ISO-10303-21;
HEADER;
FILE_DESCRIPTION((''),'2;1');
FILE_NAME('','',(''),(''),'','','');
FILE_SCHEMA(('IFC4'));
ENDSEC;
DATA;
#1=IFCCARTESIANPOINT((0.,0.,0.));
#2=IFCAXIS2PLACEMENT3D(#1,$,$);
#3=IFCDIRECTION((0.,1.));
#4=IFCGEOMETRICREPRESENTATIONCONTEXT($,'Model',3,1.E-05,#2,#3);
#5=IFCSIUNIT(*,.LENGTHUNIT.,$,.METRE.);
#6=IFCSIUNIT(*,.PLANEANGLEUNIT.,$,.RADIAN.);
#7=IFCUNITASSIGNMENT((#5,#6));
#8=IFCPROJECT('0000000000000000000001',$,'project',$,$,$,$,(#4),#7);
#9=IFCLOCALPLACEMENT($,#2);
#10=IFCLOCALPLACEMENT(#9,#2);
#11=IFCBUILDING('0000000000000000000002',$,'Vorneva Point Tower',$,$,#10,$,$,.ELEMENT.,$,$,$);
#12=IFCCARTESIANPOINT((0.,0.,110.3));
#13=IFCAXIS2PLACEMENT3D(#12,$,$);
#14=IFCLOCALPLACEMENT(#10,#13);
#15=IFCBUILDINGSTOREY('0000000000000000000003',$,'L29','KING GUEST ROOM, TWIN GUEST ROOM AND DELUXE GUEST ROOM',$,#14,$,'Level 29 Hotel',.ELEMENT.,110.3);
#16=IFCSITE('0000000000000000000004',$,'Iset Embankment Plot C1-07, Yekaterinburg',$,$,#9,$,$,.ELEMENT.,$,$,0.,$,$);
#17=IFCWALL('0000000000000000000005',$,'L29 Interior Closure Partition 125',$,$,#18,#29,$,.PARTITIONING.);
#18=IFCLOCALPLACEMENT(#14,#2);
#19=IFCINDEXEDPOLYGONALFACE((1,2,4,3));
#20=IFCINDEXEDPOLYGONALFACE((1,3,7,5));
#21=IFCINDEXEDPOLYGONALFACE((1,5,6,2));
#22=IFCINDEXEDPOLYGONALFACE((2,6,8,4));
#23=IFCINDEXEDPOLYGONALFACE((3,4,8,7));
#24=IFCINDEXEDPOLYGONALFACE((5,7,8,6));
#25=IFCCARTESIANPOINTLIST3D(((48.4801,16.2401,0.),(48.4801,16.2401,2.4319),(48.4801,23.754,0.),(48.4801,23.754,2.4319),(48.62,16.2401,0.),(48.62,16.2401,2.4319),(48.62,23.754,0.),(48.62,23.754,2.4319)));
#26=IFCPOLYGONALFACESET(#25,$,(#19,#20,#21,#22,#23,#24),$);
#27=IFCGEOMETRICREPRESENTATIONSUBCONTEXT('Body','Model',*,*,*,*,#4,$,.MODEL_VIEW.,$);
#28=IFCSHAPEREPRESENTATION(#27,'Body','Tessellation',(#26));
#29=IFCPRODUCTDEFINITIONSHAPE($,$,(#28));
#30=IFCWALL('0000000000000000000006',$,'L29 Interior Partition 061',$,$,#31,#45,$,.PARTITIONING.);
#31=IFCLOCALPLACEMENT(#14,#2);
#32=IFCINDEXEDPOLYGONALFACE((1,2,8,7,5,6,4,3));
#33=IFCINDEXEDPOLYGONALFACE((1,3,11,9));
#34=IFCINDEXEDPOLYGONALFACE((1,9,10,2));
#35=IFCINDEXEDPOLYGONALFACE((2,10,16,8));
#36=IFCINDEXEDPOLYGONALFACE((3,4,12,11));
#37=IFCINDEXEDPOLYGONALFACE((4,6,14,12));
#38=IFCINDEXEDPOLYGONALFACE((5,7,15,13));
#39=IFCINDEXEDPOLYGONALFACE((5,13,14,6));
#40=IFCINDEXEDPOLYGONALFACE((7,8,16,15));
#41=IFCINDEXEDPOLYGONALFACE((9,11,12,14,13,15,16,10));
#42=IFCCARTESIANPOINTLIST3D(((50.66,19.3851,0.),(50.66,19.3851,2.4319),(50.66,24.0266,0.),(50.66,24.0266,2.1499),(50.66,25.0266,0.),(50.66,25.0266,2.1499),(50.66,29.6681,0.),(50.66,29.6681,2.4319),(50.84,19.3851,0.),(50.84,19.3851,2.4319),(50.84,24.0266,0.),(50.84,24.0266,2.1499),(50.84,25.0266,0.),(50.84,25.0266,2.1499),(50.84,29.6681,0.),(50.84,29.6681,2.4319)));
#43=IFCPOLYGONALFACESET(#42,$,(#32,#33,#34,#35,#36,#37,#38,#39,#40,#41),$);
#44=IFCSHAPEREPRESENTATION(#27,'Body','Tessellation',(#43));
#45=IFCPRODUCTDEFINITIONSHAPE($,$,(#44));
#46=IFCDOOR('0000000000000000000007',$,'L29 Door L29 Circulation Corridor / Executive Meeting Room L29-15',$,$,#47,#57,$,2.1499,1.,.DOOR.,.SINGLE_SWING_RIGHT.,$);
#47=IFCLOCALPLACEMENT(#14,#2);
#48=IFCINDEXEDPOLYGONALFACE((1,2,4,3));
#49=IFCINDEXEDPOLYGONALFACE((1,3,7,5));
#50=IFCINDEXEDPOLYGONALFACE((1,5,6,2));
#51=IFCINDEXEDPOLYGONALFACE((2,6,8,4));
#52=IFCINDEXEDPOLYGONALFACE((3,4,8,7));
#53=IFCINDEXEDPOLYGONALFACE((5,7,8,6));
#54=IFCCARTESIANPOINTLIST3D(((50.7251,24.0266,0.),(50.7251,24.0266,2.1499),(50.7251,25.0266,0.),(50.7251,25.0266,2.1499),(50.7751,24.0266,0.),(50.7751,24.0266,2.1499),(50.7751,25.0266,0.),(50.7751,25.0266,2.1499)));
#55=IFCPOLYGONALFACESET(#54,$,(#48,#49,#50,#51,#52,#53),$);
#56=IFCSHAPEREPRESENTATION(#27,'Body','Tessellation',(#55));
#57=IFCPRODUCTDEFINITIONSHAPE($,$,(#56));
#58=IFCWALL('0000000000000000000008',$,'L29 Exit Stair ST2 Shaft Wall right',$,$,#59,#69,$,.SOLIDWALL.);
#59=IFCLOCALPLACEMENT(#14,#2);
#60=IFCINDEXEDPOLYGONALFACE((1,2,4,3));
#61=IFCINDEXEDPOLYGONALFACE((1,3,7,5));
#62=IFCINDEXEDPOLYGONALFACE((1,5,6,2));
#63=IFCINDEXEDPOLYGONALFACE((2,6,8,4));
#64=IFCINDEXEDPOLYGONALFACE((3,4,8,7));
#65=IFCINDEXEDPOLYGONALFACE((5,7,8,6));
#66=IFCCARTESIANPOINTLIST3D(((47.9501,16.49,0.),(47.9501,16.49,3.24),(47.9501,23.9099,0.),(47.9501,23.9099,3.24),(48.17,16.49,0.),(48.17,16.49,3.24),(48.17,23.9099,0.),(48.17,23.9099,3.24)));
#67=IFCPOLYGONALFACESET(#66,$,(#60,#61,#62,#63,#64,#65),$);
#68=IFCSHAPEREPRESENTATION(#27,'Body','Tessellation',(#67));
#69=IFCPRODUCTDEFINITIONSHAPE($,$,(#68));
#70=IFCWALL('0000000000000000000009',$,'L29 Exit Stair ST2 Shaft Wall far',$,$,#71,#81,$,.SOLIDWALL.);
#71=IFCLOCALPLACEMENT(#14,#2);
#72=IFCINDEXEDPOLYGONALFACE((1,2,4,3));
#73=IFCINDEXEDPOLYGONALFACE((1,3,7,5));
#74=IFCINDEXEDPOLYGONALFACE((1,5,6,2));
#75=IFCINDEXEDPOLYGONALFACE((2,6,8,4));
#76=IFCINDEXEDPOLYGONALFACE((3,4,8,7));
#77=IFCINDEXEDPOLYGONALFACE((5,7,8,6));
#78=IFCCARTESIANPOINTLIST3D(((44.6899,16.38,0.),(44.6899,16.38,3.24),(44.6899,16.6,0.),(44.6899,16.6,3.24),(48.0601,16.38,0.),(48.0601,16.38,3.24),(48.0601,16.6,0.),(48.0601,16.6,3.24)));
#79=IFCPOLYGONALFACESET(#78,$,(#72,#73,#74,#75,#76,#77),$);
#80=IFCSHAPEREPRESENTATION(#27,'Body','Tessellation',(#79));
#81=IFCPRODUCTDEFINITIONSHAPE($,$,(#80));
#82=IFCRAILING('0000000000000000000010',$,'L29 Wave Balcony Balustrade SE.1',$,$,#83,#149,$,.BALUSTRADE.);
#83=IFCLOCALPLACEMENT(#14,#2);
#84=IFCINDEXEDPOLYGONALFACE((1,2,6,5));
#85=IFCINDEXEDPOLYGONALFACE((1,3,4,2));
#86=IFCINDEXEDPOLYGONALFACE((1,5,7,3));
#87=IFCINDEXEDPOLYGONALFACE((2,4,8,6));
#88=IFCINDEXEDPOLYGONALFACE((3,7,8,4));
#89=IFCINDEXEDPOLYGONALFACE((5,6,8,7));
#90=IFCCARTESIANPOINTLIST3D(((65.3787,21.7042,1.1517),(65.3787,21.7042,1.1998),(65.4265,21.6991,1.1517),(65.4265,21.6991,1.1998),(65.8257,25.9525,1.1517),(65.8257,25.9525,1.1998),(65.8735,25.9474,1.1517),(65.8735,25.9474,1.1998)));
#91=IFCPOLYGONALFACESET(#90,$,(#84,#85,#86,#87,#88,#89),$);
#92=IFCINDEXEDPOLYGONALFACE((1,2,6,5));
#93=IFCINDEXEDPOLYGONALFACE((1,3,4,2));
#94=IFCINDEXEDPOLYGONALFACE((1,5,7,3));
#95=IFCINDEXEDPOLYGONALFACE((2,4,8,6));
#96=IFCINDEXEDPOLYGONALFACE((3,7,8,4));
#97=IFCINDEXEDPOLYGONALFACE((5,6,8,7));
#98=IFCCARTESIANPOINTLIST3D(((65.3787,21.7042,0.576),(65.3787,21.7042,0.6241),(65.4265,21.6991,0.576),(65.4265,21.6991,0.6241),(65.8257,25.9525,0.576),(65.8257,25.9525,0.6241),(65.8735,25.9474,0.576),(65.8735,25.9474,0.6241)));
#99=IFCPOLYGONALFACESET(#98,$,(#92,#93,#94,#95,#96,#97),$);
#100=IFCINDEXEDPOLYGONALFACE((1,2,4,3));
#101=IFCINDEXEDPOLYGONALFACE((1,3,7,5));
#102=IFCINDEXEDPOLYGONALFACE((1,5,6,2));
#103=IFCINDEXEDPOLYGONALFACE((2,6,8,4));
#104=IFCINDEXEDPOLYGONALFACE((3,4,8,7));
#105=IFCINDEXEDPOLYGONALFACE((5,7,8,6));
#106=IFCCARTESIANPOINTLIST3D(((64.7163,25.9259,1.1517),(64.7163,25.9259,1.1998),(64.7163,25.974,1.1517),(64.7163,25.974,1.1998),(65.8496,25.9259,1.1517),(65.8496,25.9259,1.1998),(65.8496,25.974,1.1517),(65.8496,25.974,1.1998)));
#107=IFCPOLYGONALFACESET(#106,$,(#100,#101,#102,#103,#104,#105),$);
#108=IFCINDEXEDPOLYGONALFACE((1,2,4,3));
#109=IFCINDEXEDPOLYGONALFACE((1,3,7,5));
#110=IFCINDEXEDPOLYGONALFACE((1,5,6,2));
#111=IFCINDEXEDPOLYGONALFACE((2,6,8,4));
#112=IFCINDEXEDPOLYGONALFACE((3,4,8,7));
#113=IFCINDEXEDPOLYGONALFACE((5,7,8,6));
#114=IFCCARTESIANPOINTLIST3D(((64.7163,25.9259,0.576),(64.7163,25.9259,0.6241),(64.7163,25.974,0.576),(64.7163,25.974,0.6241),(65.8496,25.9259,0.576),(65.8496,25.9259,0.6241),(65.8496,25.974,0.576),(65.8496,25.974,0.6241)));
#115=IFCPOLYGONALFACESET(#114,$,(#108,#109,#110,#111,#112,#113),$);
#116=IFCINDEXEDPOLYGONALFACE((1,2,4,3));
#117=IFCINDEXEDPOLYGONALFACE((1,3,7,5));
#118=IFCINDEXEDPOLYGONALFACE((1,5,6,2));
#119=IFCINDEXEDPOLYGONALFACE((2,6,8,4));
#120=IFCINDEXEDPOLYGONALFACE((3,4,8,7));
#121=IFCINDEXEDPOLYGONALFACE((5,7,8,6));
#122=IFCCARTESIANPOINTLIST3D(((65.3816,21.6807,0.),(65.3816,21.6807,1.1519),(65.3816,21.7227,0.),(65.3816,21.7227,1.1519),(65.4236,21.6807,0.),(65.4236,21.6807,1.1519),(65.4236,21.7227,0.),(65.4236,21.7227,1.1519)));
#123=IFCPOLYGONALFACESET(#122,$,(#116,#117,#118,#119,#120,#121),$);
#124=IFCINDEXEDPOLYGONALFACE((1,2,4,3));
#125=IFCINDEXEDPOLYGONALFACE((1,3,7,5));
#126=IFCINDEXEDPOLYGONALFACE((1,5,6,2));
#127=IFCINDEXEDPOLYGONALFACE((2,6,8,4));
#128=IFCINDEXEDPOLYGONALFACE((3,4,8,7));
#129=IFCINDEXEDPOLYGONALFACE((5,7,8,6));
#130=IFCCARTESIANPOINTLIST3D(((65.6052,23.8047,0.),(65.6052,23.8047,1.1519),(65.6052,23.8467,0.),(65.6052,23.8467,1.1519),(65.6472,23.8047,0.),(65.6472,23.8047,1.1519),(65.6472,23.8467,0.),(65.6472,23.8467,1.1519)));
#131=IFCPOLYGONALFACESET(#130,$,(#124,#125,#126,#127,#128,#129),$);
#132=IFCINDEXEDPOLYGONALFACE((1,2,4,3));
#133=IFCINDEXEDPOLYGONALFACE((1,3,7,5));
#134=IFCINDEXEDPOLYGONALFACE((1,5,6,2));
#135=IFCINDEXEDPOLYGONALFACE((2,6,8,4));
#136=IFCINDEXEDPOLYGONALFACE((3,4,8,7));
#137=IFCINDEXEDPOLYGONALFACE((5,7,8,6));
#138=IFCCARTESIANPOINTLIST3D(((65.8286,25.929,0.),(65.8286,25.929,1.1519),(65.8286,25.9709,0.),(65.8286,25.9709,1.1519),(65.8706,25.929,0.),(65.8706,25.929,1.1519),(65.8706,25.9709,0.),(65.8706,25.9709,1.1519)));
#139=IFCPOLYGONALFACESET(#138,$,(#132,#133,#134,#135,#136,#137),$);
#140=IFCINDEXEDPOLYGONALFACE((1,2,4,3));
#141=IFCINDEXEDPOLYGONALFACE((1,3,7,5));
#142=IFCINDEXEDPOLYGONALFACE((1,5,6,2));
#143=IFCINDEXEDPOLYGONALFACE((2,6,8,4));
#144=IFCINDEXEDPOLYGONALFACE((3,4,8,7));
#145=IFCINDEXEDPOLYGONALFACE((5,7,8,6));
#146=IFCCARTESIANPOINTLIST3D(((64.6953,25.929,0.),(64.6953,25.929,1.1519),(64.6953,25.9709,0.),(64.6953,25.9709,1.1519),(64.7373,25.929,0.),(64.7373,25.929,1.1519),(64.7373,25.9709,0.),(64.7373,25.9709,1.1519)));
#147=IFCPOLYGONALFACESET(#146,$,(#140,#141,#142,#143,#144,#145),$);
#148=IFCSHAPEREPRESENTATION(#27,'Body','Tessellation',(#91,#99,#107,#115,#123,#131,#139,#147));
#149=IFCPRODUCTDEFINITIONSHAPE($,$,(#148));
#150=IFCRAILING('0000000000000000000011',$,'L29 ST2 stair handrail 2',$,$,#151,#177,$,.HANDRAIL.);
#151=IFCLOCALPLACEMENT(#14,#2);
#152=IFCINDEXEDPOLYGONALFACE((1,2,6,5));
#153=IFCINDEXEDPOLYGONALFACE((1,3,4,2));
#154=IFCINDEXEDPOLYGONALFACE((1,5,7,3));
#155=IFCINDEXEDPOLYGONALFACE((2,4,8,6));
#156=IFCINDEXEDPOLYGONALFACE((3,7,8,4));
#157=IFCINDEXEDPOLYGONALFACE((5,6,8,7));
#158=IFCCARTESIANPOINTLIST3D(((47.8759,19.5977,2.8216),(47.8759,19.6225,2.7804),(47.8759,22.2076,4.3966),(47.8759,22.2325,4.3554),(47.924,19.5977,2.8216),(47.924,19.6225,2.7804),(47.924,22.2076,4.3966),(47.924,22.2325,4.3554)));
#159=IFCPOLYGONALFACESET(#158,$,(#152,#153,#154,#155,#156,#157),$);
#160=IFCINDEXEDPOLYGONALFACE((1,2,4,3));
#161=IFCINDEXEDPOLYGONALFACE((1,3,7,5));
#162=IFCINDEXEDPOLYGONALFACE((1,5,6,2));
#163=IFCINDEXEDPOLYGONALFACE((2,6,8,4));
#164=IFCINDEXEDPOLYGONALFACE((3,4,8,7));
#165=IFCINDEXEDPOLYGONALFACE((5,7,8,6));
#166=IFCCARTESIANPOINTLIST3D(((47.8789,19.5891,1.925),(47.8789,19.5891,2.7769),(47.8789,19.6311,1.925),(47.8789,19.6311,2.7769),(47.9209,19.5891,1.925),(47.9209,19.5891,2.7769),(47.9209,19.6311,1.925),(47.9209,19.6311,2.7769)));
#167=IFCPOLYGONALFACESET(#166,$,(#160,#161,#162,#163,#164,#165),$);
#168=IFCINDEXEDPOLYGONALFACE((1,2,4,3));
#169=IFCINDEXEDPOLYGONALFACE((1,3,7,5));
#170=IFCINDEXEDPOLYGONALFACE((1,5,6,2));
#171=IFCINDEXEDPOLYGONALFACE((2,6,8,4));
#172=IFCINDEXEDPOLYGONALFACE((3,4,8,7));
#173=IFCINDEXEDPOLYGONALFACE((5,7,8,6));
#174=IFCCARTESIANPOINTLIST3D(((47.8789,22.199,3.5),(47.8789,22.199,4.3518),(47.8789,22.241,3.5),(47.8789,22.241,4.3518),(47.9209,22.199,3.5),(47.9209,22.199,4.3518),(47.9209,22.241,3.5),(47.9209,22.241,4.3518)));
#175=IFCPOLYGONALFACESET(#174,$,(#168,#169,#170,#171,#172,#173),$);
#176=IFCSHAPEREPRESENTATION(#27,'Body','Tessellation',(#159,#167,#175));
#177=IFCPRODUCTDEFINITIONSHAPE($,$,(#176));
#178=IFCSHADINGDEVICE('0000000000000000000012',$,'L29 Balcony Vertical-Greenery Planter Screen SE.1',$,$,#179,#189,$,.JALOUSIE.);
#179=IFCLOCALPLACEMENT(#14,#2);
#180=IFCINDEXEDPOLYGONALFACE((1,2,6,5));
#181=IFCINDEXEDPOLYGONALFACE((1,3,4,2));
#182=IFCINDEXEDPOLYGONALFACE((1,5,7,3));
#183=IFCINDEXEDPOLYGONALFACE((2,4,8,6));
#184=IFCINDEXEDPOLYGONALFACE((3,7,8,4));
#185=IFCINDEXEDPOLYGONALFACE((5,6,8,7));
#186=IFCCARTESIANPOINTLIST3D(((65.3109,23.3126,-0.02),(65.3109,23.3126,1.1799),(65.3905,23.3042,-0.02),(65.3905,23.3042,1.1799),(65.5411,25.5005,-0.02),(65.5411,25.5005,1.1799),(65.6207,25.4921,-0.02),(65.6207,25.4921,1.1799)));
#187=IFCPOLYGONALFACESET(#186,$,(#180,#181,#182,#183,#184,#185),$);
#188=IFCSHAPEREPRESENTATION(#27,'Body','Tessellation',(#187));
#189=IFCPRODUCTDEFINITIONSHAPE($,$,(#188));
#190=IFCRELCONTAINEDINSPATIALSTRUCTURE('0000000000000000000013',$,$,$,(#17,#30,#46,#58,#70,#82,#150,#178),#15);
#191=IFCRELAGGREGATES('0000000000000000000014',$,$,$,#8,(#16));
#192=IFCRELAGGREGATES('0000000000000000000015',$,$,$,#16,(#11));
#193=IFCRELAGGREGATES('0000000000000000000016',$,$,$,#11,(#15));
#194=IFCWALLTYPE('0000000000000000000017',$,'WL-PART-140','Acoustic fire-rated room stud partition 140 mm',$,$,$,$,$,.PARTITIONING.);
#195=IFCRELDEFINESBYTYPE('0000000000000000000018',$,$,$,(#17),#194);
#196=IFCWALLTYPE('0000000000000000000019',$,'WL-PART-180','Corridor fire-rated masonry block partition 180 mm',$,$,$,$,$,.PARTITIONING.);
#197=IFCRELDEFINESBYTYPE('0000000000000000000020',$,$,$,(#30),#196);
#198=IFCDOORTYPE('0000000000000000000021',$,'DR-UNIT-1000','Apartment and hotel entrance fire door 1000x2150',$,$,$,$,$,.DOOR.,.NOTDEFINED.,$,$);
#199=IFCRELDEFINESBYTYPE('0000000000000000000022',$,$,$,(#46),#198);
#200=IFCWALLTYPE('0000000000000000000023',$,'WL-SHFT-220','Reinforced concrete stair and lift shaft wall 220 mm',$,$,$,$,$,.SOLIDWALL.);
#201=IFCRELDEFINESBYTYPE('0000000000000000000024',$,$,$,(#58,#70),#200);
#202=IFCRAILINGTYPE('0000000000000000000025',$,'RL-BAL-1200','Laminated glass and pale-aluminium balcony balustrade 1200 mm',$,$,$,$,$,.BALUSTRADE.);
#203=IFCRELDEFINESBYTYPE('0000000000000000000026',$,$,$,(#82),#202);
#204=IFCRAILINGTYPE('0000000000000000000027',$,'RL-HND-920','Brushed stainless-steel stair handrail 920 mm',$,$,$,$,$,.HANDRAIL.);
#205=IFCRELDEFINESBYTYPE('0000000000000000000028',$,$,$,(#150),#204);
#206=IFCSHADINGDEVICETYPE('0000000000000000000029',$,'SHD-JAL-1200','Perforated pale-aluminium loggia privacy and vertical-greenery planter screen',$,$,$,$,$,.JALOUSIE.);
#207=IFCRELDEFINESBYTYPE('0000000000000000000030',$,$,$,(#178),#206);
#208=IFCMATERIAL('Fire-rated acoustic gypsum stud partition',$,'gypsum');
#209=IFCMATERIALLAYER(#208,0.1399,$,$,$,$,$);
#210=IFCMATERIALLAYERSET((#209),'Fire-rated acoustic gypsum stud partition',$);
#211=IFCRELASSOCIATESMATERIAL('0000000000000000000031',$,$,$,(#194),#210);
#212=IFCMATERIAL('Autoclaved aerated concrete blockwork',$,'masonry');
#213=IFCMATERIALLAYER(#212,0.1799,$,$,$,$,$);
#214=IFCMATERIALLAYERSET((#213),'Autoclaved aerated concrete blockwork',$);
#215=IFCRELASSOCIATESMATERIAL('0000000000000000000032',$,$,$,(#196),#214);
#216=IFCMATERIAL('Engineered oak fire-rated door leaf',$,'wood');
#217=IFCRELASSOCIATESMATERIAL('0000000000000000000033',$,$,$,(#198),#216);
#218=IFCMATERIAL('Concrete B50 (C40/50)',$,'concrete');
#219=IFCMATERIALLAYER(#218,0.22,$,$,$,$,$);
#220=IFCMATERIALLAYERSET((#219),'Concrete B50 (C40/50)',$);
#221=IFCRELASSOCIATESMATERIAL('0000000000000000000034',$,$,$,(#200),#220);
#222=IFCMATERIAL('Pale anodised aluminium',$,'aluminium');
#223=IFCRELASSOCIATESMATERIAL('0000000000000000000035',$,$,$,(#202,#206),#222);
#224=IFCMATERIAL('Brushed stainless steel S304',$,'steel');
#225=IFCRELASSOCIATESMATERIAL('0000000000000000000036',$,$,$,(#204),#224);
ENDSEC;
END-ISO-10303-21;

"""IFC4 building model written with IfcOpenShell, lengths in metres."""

from ifc_helpers import new_model, si_unit, direction, frame, frame_2d, origin, origin_2d, place, context, subcontext, project, spatial, rectangle, extrude, material, layer, layer_set, type_object, element, fill, save


model = new_model("IFC4")

# Units and contexts
model_context = context("Model", 3, precision=1e-05, world=origin(), true_north=direction((0.0, 1.0)))
body_context = subcontext(model_context, "Body", "Model", "MODEL_VIEW")
ifc_project = project(units=[si_unit("LENGTHUNIT", "METRE"), si_unit("PLANEANGLEUNIT", "RADIAN")], contexts=[model_context])

# Site, building, storey
site_placement = place(None, origin())
site = spatial("IfcSite", under=ifc_project, at=site_placement, Name="Iset Embankment Plot C1-07, Yekaterinburg", CompositionType="ELEMENT", RefElevation=0.0)
building_placement = place(site_placement, origin())
building = spatial("IfcBuilding", under=site, at=building_placement, Name="Vorneva Point Tower", CompositionType="ELEMENT")
storey_placement = place(building_placement, frame((0.0, 0.0, 110.3)))
storey = spatial("IfcBuildingStorey", under=building, at=storey_placement, Name="L29", Description="KING GUEST ROOM, TWIN GUEST ROOM AND DELUXE GUEST ROOM", LongName="Level 29 Hotel", CompositionType="ELEMENT", Elevation=110.3)

# Shared definitions
ifc_material_1 = material(Name="Pale anodised aluminium", Category="aluminium")

# Shared definitions
ifc_material_2 = material(Name="Fire-rated acoustic gypsum stud partition", Category="gypsum")
ifc_material_3 = material(Name="Engineered oak fire-rated door leaf", Category="wood")

# Wall
ifc_layer_1 = layer(ifc_material_2, 0.1399)
ifc_layer_set_1 = layer_set([ifc_layer_1], Name="Fire-rated acoustic gypsum stud partition")
wall_type_1 = type_object("IfcWallType", Name="WL-PART-140", Description="Acoustic fire-rated room stud partition 140 mm", PredefinedType="PARTITIONING", material=ifc_layer_set_1)
wall_1_placement = place(storey_placement, frame((48.55, 23.7539, 0.0), z_axis=(0.0, 0.0, 1.0), x_axis=(0.0, -1.0, 0.0)))
element("IfcWall", 1, at=wall_1_placement, inside=storey, type_object=wall_type_1, Name="L29 Interior Closure Partition 125", PredefinedType="PARTITIONING", context=body_context, shape_type="SweptSolid", body=[
    extrude(rectangle(XDim=7.5139, YDim=0.1399, at=frame_2d((3.7568, 0.0))), origin(), (0.0, 0.0, 1.0), 2.4319),
])

# Wall, opening, door
ifc_material_4 = material(Name="Autoclaved aerated concrete blockwork", Category="masonry")
ifc_layer_2 = layer(ifc_material_4, 0.1799)
ifc_layer_set_2 = layer_set([ifc_layer_2], Name="Autoclaved aerated concrete blockwork")
wall_type_2 = type_object("IfcWallType", Name="WL-PART-180", Description="Corridor fire-rated masonry block partition 180 mm", PredefinedType="PARTITIONING", material=ifc_layer_set_2)
wall_2_placement = place(storey_placement, frame((50.75, 19.385, 0.0), z_axis=(0.0, 0.0, 1.0), x_axis=(0.0, 1.0, 0.0)))
wall_2 = element("IfcWall", 2, at=wall_2_placement, inside=storey, type_object=wall_type_2, Name="L29 Interior Partition 061", PredefinedType="PARTITIONING", context=body_context, shape_type="SweptSolid", body=[
    extrude(rectangle(XDim=10.283, YDim=0.1799, at=frame_2d((5.1416, 0.0))), origin(), (0.0, 0.0, 1.0), 2.4319),
])
opening_1_placement = place(wall_2_placement, frame((4.6416, 0.0, 0.0)))
opening_1 = element("IfcOpeningElement", 3, at=opening_1_placement, cuts=wall_2, PredefinedType="OPENING", context=body_context, shape_type="SweptSolid", body=[
    extrude(rectangle(XDim=1.0, YDim=2.1499, at=frame_2d((0.5, 1.075))), frame((0.0, 0.105, 0.0), z_axis=(0.0, -1.0, 0.0), x_axis=(1.0, 0.0, 0.0)), (0.0, 0.0, 1.0), 0.2097),
])
door_type_1 = type_object("IfcDoorType", Name="DR-UNIT-1000", Description="Apartment and hotel entrance fire door 1000x2150", OperationType="NOTDEFINED", PredefinedType="DOOR", material=ifc_material_3)
door_1_placement = place(opening_1_placement, origin())
door_1 = element("IfcDoor", 4, at=door_1_placement, inside=storey, type_object=door_type_1, Name="L29 Door L29 Circulation Corridor / Executive Meeting Room L29-15", OperationType="SINGLE_SWING_RIGHT", OverallHeight=2.1499, OverallWidth=1.0, PredefinedType="DOOR", context=body_context, shape_type="SweptSolid", body=[
    extrude(rectangle(XDim=1.0, YDim=2.1499, at=frame_2d((0.5, 1.075))), frame((0.0, 0.0249, 0.0), z_axis=(0.0, -1.0, 0.0), x_axis=(1.0, 0.0, 0.0)), (0.0, 0.0, 1.0), 0.05),
])
fill(opening_1, door_1)

# Walls
ifc_material_5 = material(Name="Concrete B50 (C40/50)", Category="concrete")
ifc_layer_3 = layer(ifc_material_5, 0.22)
ifc_layer_set_3 = layer_set([ifc_layer_3], Name="Concrete B50 (C40/50)")
wall_type_3 = type_object("IfcWallType", Name="WL-SHFT-220", Description="Reinforced concrete stair and lift shaft wall 220 mm", PredefinedType="SOLIDWALL", material=ifc_layer_set_3)
wall_3_placement = place(storey_placement, frame((48.0601, 23.9099, 0.0), z_axis=(0.0, 0.0, 1.0), x_axis=(0.0, -1.0, 0.0)))
element("IfcWall", 5, at=wall_3_placement, inside=storey, type_object=wall_type_3, Name="L29 Exit Stair ST2 Shaft Wall right", PredefinedType="SOLIDWALL", context=body_context, shape_type="SweptSolid", body=[
    extrude(rectangle(XDim=7.4199, YDim=0.22, at=frame_2d((3.71, 0.0))), origin(), (0.0, 0.0, 1.0), 3.24),
])
wall_4_placement = place(storey_placement, frame((48.0601, 16.49, 0.0), z_axis=(0.0, 0.0, 1.0), x_axis=(-1.0, 0.0, 0.0)))
element("IfcWall", 6, at=wall_4_placement, inside=storey, type_object=wall_type_3, Name="L29 Exit Stair ST2 Shaft Wall far", PredefinedType="SOLIDWALL", context=body_context, shape_type="SweptSolid", body=[
    extrude(rectangle(XDim=3.3701, YDim=0.22, at=frame_2d((1.6851, 0.0))), origin(), (0.0, 0.0, 1.0), 3.24),
])

# Railings
railing_type_1 = type_object("IfcRailingType", Name="RL-BAL-1200", Description="Laminated glass and pale-aluminium balcony balustrade 1200 mm", PredefinedType="BALUSTRADE", material=ifc_material_1)
railing_1_placement = place(storey_placement, frame((65.4026, 21.7017, 0.0)))
element("IfcRailing", 7, at=railing_1_placement, inside=storey, type_object=railing_type_1, Name="L29 Wave Balcony Balustrade SE.1", PredefinedType="BALUSTRADE", context=body_context, shape_type="SweptSolid", body=[
    extrude(rectangle(XDim=0.0481, YDim=0.0481, at=origin_2d()), frame((0.0, 0.0, 1.1758), z_axis=(0.104646, 0.99451, 0.0), x_axis=(-0.99451, 0.104646, 0.0)), (0.0, 0.0, 1.0), 4.2717),
    extrude(rectangle(XDim=0.0481, YDim=0.0481, at=origin_2d()), frame((0.0, 0.0, 0.6001), z_axis=(0.104646, 0.99451, 0.0), x_axis=(-0.99451, 0.104646, 0.0)), (0.0, 0.0, 1.0), 4.2717),
    extrude(rectangle(XDim=0.0481, YDim=0.0481, at=origin_2d()), frame((0.447, 4.2483, 1.1758), z_axis=(-1.0, 0.0, 0.0), x_axis=(0.0, -1.0, 0.0)), (0.0, 0.0, 1.0), 1.1333),
    extrude(rectangle(XDim=0.0481, YDim=0.0481, at=origin_2d()), frame((0.447, 4.2483, 0.6001), z_axis=(-1.0, 0.0, 0.0), x_axis=(0.0, -1.0, 0.0)), (0.0, 0.0, 1.0), 1.1333),
    extrude(rectangle(XDim=0.042, YDim=0.042, at=origin_2d()), origin(), (0.0, 0.0, 1.0), 1.1519),
    extrude(rectangle(XDim=0.042, YDim=0.042, at=origin_2d()), frame((0.2236, 2.124, 0.0)), (0.0, 0.0, 1.0), 1.1519),
    extrude(rectangle(XDim=0.042, YDim=0.042, at=origin_2d()), frame((0.447, 4.2483, 0.0)), (0.0, 0.0, 1.0), 1.1519),
    extrude(rectangle(XDim=0.042, YDim=0.042, at=origin_2d()), frame((-0.6863, 4.2483, 0.0)), (0.0, 0.0, 1.0), 1.1519),
])
ifc_material_6 = material(Name="Brushed stainless steel S304", Category="steel")
railing_type_2 = type_object("IfcRailingType", Name="RL-HND-920", Description="Brushed stainless-steel stair handrail 920 mm", PredefinedType="HANDRAIL", material=ifc_material_6)
railing_2_placement = place(storey_placement, frame((47.8999, 19.6101, 1.925)))
element("IfcRailing", 8, at=railing_2_placement, inside=storey, type_object=railing_type_2, Name="L29 ST2 stair handrail 2", PredefinedType="HANDRAIL", context=body_context, shape_type="SweptSolid", body=[
    extrude(rectangle(XDim=0.0481, YDim=0.0481, at=origin_2d()), frame((0.0, 0.0, 0.876), z_axis=(0.0, 0.856183, 0.516673), x_axis=(-1.0, 0.0, 0.0)), (0.0, 0.0, 1.0), 3.0483),
    extrude(rectangle(XDim=0.042, YDim=0.042, at=origin_2d()), origin(), (0.0, 0.0, 1.0), 0.8518),
    extrude(rectangle(XDim=0.042, YDim=0.042, at=origin_2d()), frame((0.0, 2.6099, 1.575)), (0.0, 0.0, 1.0), 0.8518),
])

# Shading device
shading_device_type = type_object("IfcShadingDeviceType", Name="SHD-JAL-1200", Description="Perforated pale-aluminium loggia privacy and vertical-greenery planter screen", PredefinedType="JALOUSIE", material=ifc_material_1)
shading_device_placement = place(storey_placement, frame((65.4658, 24.4023, -0.02), z_axis=(0.0, 0.0, 1.0), x_axis=(0.104633, 0.994511, 0.0)))
element("IfcShadingDevice", 9, at=shading_device_placement, inside=storey, type_object=shading_device_type, Name="L29 Balcony Vertical-Greenery Planter Screen SE.1", PredefinedType="JALOUSIE", context=body_context, shape_type="SweptSolid", body=[
    extrude(rectangle(XDim=2.2, YDim=0.0801, at=origin_2d()), origin(), (0.0, 0.0, 1.0), 1.2),
])

save(model, "model.ifc")
